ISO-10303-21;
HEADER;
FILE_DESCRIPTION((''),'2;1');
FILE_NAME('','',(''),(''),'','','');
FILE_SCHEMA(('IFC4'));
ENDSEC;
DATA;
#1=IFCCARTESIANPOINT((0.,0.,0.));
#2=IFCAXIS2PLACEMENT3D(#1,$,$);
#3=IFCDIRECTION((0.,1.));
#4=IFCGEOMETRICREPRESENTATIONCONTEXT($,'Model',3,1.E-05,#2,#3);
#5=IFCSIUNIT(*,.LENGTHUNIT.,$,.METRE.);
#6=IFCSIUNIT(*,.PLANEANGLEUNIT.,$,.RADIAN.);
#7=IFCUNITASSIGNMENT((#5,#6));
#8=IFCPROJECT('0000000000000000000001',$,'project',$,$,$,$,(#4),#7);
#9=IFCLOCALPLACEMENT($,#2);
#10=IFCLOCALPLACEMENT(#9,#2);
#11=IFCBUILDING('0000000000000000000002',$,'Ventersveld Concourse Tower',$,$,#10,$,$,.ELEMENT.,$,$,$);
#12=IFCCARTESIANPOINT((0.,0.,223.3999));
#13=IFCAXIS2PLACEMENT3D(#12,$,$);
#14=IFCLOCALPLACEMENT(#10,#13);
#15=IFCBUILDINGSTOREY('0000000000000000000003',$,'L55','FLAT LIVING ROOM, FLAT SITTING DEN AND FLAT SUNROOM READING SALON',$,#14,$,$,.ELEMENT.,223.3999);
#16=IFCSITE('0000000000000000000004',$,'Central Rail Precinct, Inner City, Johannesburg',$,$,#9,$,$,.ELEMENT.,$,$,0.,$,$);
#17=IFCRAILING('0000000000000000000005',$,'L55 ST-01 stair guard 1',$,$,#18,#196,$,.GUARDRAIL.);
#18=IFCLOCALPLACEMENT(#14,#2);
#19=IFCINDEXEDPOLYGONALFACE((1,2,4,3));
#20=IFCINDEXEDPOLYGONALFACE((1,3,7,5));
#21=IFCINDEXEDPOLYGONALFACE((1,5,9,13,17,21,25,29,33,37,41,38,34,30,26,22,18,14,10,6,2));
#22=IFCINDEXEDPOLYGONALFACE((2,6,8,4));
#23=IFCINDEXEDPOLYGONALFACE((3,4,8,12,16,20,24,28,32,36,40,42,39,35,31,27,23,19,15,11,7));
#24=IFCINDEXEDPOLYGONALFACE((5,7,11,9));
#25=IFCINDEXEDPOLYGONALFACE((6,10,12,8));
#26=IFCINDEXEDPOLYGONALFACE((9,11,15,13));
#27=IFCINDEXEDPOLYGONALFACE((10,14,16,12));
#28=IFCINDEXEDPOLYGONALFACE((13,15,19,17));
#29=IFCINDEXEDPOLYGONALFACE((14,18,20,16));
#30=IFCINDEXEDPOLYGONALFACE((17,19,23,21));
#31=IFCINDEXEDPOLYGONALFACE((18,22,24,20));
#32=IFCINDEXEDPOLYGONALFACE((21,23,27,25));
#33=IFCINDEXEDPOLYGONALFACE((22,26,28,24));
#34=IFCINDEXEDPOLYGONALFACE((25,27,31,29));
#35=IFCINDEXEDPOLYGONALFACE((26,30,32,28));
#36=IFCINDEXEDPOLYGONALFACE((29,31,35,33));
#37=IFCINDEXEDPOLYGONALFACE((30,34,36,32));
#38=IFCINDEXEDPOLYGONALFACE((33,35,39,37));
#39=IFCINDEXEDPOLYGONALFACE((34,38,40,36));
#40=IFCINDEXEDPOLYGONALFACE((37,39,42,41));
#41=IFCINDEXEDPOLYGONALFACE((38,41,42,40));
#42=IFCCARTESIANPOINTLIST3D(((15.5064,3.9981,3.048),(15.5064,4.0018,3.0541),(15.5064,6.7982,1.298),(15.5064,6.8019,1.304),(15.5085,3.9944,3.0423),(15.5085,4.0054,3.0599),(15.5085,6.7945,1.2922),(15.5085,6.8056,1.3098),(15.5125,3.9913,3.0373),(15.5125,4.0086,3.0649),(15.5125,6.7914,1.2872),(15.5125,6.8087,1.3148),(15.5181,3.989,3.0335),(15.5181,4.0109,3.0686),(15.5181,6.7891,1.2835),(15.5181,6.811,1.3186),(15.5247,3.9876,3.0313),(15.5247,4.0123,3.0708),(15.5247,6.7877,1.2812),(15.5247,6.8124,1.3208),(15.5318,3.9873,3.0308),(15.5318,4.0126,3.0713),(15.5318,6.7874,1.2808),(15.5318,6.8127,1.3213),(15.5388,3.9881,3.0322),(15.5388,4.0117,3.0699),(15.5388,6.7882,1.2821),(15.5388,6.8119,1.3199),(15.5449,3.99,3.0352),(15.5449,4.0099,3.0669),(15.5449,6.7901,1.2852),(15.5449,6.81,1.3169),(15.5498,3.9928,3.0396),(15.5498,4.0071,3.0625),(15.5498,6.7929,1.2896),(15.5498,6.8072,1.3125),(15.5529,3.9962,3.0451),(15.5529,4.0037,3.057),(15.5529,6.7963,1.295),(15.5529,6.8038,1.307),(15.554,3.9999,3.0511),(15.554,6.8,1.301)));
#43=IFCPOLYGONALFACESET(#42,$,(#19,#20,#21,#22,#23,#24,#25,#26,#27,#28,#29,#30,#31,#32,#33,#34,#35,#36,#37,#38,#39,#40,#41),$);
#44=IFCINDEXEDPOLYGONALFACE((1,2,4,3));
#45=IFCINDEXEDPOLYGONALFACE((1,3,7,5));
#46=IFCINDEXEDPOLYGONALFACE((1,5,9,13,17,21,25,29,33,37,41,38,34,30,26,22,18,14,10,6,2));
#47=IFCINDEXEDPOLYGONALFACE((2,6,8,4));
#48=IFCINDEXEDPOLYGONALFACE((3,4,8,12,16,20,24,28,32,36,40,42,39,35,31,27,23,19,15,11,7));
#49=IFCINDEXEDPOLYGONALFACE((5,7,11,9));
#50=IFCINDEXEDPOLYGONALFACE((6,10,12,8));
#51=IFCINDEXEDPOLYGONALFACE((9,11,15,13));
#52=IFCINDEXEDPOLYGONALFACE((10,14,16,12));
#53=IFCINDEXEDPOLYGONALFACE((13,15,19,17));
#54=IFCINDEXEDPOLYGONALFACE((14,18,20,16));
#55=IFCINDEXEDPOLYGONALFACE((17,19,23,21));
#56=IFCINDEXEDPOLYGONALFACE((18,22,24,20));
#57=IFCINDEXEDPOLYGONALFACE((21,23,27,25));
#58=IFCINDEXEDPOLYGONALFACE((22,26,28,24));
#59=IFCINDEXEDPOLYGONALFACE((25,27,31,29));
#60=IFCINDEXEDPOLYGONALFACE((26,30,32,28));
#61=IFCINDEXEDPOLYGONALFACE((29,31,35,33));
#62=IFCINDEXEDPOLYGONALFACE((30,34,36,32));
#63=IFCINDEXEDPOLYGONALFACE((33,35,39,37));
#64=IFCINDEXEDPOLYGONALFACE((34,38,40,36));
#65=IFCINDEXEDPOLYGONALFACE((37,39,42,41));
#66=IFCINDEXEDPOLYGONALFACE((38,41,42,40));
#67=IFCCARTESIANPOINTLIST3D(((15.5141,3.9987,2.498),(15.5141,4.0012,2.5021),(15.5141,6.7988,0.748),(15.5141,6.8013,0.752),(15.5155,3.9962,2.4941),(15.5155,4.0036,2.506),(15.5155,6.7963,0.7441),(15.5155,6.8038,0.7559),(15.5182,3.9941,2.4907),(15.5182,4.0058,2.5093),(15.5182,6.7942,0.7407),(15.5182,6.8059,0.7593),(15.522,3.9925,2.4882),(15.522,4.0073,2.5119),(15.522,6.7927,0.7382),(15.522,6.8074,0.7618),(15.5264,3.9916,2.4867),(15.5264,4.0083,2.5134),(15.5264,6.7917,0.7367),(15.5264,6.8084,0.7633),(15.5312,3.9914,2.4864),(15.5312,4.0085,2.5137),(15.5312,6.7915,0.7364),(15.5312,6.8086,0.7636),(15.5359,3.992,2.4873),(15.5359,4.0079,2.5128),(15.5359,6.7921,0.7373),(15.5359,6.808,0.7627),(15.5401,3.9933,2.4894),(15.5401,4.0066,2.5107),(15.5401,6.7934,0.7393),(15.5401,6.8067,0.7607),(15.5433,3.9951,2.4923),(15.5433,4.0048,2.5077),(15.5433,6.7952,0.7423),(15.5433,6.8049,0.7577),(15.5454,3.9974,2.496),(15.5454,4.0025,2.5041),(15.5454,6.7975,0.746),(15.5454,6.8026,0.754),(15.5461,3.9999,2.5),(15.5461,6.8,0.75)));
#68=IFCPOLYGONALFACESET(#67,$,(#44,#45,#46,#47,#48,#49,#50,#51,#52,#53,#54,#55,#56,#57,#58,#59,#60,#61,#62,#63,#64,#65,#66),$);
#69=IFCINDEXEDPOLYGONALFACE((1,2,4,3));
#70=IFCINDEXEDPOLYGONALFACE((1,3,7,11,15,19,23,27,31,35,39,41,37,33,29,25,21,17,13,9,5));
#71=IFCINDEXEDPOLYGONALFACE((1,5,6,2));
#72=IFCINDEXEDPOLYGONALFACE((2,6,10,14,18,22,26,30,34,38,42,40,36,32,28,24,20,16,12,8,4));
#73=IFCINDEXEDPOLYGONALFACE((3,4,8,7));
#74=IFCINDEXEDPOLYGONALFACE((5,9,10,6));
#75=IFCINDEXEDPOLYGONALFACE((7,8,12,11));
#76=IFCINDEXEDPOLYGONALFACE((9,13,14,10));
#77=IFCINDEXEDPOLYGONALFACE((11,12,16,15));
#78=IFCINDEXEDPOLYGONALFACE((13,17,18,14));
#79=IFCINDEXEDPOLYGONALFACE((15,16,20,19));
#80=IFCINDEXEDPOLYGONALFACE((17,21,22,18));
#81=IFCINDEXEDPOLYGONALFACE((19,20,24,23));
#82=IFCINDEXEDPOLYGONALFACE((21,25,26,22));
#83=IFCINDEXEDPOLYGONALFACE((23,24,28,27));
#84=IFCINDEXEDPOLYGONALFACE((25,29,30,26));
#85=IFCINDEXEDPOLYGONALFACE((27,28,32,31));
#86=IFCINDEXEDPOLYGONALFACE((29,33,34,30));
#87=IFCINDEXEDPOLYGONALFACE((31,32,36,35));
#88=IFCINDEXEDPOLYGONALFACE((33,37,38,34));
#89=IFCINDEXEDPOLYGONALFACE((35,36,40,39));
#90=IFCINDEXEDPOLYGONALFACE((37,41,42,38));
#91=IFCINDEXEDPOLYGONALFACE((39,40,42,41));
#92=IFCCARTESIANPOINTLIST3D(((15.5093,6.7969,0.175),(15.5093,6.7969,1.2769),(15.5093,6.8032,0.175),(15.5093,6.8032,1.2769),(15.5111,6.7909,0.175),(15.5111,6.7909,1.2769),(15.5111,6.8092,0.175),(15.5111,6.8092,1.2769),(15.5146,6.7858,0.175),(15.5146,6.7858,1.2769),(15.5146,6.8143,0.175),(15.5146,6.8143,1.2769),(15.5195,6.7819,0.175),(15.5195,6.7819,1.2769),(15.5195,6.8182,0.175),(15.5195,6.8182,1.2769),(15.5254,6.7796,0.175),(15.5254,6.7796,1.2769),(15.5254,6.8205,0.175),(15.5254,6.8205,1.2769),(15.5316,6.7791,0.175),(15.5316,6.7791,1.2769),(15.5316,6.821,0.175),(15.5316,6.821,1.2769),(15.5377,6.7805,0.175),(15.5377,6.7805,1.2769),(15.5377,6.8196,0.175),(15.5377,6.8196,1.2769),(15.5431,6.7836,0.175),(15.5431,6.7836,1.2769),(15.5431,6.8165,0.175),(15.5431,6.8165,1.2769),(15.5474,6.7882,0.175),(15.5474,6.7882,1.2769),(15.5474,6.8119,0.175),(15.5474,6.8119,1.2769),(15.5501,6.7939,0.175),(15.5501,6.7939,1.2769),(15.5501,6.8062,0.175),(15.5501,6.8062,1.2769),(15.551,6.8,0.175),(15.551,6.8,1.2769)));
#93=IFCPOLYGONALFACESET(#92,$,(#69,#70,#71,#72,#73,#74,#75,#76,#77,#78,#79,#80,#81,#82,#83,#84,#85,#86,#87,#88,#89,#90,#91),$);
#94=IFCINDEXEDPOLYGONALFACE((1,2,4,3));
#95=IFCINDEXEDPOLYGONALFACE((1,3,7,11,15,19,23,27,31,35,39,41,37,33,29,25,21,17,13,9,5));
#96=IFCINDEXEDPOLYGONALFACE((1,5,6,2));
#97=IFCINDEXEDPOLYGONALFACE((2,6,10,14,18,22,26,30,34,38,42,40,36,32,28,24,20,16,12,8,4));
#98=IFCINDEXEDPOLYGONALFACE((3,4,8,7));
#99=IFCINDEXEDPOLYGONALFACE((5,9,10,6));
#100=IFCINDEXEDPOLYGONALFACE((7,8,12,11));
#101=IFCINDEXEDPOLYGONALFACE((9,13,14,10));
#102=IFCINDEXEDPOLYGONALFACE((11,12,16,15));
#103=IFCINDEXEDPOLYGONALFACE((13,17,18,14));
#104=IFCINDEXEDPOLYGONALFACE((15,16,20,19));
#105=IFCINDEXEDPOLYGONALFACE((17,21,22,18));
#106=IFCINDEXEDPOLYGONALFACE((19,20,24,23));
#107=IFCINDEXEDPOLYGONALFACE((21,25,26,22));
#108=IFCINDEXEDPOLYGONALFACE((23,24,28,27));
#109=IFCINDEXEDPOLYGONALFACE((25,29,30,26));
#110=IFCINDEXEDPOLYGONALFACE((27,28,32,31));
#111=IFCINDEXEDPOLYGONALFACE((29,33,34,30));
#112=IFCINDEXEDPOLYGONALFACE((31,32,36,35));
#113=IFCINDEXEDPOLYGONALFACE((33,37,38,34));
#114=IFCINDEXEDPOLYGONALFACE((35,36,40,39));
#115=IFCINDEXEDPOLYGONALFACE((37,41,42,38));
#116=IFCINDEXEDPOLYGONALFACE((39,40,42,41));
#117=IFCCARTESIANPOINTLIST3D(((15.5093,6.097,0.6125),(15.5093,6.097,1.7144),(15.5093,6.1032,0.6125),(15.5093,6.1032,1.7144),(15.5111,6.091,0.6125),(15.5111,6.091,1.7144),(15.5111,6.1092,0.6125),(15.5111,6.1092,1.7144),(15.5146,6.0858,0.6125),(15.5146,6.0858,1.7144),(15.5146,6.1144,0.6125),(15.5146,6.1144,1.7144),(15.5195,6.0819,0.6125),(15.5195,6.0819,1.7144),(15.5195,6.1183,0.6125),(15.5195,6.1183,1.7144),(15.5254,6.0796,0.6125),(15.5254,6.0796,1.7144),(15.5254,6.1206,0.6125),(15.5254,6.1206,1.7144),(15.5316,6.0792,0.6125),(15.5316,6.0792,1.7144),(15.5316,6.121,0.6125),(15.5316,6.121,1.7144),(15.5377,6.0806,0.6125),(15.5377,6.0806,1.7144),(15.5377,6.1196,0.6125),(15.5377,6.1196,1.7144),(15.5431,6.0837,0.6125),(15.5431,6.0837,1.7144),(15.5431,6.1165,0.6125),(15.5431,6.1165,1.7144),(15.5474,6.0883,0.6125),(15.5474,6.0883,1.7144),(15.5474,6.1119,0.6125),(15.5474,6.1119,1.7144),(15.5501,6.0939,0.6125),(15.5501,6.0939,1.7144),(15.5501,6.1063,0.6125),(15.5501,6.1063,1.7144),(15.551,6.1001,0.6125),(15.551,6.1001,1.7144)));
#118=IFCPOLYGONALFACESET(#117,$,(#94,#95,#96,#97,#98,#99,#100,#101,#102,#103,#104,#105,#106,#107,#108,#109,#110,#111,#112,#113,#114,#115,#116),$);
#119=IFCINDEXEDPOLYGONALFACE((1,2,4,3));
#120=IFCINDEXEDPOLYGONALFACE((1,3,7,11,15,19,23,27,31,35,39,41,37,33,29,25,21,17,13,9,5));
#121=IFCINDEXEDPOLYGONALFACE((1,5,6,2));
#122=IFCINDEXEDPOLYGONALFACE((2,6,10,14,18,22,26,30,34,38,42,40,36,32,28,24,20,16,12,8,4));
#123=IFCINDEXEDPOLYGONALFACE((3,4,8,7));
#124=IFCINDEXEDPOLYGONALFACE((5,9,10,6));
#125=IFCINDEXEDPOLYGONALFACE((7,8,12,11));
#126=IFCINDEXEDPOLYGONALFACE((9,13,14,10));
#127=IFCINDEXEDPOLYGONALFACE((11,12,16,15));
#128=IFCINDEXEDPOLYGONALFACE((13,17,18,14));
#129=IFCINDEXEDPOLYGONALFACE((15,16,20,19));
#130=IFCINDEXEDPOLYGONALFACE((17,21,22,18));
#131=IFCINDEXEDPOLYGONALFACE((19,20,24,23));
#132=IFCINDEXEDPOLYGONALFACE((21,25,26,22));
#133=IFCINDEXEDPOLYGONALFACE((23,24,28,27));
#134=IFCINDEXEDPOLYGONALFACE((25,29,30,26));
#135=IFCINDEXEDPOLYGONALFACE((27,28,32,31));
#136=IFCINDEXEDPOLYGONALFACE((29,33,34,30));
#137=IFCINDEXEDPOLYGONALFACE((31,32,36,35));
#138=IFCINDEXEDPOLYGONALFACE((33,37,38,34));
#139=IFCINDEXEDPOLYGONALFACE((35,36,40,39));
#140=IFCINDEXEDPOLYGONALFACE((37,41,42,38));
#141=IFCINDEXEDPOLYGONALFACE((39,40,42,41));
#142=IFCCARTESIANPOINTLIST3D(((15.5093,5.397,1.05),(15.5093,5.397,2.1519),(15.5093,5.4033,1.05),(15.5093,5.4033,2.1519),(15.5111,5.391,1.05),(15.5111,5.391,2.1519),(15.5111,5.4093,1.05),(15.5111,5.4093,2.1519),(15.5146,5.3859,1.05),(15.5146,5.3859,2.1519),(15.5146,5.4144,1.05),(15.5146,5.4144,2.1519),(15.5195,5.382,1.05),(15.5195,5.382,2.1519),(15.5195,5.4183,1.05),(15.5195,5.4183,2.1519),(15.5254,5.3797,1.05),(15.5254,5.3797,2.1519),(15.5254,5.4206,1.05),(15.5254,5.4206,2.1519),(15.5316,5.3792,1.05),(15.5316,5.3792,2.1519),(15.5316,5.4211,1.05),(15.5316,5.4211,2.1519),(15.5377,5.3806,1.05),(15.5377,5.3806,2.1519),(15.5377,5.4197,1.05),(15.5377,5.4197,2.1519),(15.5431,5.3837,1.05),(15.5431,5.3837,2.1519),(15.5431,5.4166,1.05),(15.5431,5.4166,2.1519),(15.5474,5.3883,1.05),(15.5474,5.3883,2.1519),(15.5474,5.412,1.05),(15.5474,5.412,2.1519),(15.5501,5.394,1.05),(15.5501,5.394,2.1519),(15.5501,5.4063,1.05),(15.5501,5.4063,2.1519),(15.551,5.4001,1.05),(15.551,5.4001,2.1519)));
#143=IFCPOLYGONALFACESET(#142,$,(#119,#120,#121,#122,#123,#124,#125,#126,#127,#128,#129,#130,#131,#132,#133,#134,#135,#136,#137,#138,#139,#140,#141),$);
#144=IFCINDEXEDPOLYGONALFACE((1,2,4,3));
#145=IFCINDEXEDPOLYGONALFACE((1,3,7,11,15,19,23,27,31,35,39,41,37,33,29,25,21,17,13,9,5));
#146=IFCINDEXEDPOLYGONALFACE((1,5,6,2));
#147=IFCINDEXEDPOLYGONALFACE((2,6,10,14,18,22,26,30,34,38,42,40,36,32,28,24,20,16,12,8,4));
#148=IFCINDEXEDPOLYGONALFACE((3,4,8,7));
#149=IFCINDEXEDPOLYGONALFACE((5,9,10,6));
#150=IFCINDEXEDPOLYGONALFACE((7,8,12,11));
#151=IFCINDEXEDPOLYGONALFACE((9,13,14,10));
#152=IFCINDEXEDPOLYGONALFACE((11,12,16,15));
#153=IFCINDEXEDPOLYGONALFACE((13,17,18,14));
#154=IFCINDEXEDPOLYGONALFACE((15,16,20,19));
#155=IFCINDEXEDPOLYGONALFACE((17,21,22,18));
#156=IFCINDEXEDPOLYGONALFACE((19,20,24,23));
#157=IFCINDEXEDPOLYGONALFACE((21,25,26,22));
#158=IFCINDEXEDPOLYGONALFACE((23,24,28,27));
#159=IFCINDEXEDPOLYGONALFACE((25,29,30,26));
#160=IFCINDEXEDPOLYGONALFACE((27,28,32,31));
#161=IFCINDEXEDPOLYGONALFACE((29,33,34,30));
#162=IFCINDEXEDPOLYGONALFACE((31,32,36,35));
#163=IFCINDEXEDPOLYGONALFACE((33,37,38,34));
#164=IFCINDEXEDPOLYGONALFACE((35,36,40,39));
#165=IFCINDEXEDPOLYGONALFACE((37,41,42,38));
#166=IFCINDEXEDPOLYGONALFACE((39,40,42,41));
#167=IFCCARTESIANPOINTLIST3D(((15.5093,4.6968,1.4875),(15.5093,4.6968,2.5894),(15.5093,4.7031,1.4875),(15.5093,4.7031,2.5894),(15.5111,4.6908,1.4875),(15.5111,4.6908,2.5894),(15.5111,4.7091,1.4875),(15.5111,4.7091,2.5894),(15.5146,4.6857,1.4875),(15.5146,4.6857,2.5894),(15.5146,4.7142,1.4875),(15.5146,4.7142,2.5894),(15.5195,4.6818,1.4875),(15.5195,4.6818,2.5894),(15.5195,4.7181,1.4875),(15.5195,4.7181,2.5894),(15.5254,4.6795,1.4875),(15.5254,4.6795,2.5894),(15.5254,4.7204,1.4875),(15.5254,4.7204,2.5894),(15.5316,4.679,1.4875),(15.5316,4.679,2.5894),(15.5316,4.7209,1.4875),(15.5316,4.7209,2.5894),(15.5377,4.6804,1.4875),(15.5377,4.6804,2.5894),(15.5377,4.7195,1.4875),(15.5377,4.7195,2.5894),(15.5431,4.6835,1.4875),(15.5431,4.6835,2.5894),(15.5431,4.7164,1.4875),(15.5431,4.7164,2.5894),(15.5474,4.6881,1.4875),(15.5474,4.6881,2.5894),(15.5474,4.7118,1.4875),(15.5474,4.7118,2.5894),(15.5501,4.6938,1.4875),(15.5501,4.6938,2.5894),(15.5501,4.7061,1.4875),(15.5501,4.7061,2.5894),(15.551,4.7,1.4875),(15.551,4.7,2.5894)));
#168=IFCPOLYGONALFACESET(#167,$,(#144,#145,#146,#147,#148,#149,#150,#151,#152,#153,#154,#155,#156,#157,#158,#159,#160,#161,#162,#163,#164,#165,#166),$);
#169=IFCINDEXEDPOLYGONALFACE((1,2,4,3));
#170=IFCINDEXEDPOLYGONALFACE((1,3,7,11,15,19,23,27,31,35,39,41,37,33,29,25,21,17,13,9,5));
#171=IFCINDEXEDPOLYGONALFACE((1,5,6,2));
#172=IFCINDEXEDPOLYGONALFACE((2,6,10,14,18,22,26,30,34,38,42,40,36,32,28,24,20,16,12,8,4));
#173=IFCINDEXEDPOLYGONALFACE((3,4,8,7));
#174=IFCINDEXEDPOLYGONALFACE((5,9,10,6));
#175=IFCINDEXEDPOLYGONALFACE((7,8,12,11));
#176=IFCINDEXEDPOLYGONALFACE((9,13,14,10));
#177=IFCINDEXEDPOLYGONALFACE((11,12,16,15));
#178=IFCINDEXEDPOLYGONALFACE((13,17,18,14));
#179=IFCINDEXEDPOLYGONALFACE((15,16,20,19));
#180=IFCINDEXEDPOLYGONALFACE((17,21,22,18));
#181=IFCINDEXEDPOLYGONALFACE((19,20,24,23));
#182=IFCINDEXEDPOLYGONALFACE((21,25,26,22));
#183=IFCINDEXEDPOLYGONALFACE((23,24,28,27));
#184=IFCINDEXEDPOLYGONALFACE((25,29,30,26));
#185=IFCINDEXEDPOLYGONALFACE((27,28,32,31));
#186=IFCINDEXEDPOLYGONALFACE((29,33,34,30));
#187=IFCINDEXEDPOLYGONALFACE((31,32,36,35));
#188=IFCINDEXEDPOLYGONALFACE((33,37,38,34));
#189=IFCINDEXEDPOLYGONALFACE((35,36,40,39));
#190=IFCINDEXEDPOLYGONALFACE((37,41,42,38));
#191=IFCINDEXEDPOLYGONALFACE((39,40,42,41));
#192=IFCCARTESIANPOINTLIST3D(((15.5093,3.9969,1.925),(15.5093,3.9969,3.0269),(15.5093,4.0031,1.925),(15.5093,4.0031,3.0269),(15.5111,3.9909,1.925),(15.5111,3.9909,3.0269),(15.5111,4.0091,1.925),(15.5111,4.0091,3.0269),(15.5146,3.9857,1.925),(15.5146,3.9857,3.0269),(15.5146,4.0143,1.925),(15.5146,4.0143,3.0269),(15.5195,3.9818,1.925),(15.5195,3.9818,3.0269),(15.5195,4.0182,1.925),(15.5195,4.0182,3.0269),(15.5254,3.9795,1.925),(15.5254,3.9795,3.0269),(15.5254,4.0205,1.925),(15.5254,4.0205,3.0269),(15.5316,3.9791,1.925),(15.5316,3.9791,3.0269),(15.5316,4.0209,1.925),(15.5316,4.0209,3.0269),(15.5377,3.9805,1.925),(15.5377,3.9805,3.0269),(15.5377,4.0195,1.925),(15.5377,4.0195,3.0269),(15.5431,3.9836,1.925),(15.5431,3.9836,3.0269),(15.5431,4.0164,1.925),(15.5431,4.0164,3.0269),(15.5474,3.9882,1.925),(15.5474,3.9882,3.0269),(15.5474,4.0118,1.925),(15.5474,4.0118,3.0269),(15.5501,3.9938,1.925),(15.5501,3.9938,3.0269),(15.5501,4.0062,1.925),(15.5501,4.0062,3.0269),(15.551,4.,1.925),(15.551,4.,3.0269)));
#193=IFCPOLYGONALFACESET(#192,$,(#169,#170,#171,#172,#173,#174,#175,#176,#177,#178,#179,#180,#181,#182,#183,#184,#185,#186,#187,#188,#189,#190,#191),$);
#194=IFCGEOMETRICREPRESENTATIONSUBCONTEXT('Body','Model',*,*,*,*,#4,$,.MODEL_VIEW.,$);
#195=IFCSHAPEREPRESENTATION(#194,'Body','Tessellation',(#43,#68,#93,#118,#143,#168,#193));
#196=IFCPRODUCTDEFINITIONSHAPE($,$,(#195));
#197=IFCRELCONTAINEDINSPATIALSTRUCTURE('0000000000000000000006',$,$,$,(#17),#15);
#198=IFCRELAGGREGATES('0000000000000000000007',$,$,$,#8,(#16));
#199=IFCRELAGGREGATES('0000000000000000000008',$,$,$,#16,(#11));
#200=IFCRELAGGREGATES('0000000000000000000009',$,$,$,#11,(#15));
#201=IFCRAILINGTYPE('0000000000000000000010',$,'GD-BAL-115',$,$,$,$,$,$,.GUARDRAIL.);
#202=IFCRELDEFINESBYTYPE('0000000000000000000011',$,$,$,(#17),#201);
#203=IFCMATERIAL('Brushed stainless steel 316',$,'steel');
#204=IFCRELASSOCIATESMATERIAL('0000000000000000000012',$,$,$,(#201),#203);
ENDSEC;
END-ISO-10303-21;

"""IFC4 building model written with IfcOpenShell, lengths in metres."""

from ifc_helpers import new_model, si_unit, direction, frame, origin, origin_2d, place, context, subcontext, project, spatial, circle, extrude, material, type_object, element, save


model = new_model("IFC4")

# Units and contexts
model_context = context("Model", 3, precision=1e-05, world=origin(), true_north=direction((0.0, 1.0)))
body_context = subcontext(model_context, "Body", "Model", "MODEL_VIEW")
ifc_project = project(units=[si_unit("LENGTHUNIT", "METRE"), si_unit("PLANEANGLEUNIT", "RADIAN")], contexts=[model_context])

# Site, building, storey
site_placement = place(None, origin())
site = spatial("IfcSite", under=ifc_project, at=site_placement, Name="Central Rail Precinct, Inner City, Johannesburg", CompositionType="ELEMENT", RefElevation=0.0)
building_placement = place(site_placement, origin())
building = spatial("IfcBuilding", under=site, at=building_placement, Name="Ventersveld Concourse Tower", CompositionType="ELEMENT")
storey_placement = place(building_placement, frame((0.0, 0.0, 223.3999)))
storey = spatial("IfcBuildingStorey", under=building, at=storey_placement, Name="L55", Description="FLAT LIVING ROOM, FLAT SITTING DEN AND FLAT SUNROOM READING SALON", CompositionType="ELEMENT", Elevation=223.3999)

# Shared definitions
ifc_material_1 = material(Name="Brushed stainless steel 316", Category="steel")

# Railing
railing_type_1 = type_object("IfcRailingType", Name="GD-BAL-115", PredefinedType="GUARDRAIL", material=ifc_material_1)
railing_1_placement = place(storey_placement, frame((15.53, 6.8, 0.175)))
element("IfcRailing", 1, at=railing_1_placement, inside=storey, type_object=railing_type_1, Name="L55 ST-01 stair guard 1", PredefinedType="GUARDRAIL", context=body_context, shape_type="SweptSolid", body=[
    extrude(circle(Radius=0.0239, at=origin_2d()), frame((0.0, 0.0, 1.126), z_axis=(0.0, -0.848002, 0.529992), x_axis=(1.0, 0.0, 0.0)), (0.0, 0.0, 1.0), 3.302),
    extrude(circle(Radius=0.0161, at=origin_2d()), frame((0.0, 0.0, 0.575), z_axis=(0.0, -0.848002, 0.529992), x_axis=(1.0, 0.0, 0.0)), (0.0, 0.0, 1.0), 3.302),
    extrude(circle(Radius=0.021, at=origin_2d()), origin(), (0.0, 0.0, 1.0), 1.1018),
    extrude(circle(Radius=0.021, at=origin_2d()), frame((0.0, -0.7, 0.4375)), (0.0, 0.0, 1.0), 1.1018),
    extrude(circle(Radius=0.021, at=origin_2d()), frame((0.0, -1.3999, 0.875)), (0.0, 0.0, 1.0), 1.1018),
    extrude(circle(Radius=0.021, at=origin_2d()), frame((0.0, -2.1001, 1.3125)), (0.0, 0.0, 1.0), 1.1018),
    extrude(circle(Radius=0.021, at=origin_2d()), frame((0.0, -2.8, 1.75)), (0.0, 0.0, 1.0), 1.1018),
])

save(model, "model.ifc")
